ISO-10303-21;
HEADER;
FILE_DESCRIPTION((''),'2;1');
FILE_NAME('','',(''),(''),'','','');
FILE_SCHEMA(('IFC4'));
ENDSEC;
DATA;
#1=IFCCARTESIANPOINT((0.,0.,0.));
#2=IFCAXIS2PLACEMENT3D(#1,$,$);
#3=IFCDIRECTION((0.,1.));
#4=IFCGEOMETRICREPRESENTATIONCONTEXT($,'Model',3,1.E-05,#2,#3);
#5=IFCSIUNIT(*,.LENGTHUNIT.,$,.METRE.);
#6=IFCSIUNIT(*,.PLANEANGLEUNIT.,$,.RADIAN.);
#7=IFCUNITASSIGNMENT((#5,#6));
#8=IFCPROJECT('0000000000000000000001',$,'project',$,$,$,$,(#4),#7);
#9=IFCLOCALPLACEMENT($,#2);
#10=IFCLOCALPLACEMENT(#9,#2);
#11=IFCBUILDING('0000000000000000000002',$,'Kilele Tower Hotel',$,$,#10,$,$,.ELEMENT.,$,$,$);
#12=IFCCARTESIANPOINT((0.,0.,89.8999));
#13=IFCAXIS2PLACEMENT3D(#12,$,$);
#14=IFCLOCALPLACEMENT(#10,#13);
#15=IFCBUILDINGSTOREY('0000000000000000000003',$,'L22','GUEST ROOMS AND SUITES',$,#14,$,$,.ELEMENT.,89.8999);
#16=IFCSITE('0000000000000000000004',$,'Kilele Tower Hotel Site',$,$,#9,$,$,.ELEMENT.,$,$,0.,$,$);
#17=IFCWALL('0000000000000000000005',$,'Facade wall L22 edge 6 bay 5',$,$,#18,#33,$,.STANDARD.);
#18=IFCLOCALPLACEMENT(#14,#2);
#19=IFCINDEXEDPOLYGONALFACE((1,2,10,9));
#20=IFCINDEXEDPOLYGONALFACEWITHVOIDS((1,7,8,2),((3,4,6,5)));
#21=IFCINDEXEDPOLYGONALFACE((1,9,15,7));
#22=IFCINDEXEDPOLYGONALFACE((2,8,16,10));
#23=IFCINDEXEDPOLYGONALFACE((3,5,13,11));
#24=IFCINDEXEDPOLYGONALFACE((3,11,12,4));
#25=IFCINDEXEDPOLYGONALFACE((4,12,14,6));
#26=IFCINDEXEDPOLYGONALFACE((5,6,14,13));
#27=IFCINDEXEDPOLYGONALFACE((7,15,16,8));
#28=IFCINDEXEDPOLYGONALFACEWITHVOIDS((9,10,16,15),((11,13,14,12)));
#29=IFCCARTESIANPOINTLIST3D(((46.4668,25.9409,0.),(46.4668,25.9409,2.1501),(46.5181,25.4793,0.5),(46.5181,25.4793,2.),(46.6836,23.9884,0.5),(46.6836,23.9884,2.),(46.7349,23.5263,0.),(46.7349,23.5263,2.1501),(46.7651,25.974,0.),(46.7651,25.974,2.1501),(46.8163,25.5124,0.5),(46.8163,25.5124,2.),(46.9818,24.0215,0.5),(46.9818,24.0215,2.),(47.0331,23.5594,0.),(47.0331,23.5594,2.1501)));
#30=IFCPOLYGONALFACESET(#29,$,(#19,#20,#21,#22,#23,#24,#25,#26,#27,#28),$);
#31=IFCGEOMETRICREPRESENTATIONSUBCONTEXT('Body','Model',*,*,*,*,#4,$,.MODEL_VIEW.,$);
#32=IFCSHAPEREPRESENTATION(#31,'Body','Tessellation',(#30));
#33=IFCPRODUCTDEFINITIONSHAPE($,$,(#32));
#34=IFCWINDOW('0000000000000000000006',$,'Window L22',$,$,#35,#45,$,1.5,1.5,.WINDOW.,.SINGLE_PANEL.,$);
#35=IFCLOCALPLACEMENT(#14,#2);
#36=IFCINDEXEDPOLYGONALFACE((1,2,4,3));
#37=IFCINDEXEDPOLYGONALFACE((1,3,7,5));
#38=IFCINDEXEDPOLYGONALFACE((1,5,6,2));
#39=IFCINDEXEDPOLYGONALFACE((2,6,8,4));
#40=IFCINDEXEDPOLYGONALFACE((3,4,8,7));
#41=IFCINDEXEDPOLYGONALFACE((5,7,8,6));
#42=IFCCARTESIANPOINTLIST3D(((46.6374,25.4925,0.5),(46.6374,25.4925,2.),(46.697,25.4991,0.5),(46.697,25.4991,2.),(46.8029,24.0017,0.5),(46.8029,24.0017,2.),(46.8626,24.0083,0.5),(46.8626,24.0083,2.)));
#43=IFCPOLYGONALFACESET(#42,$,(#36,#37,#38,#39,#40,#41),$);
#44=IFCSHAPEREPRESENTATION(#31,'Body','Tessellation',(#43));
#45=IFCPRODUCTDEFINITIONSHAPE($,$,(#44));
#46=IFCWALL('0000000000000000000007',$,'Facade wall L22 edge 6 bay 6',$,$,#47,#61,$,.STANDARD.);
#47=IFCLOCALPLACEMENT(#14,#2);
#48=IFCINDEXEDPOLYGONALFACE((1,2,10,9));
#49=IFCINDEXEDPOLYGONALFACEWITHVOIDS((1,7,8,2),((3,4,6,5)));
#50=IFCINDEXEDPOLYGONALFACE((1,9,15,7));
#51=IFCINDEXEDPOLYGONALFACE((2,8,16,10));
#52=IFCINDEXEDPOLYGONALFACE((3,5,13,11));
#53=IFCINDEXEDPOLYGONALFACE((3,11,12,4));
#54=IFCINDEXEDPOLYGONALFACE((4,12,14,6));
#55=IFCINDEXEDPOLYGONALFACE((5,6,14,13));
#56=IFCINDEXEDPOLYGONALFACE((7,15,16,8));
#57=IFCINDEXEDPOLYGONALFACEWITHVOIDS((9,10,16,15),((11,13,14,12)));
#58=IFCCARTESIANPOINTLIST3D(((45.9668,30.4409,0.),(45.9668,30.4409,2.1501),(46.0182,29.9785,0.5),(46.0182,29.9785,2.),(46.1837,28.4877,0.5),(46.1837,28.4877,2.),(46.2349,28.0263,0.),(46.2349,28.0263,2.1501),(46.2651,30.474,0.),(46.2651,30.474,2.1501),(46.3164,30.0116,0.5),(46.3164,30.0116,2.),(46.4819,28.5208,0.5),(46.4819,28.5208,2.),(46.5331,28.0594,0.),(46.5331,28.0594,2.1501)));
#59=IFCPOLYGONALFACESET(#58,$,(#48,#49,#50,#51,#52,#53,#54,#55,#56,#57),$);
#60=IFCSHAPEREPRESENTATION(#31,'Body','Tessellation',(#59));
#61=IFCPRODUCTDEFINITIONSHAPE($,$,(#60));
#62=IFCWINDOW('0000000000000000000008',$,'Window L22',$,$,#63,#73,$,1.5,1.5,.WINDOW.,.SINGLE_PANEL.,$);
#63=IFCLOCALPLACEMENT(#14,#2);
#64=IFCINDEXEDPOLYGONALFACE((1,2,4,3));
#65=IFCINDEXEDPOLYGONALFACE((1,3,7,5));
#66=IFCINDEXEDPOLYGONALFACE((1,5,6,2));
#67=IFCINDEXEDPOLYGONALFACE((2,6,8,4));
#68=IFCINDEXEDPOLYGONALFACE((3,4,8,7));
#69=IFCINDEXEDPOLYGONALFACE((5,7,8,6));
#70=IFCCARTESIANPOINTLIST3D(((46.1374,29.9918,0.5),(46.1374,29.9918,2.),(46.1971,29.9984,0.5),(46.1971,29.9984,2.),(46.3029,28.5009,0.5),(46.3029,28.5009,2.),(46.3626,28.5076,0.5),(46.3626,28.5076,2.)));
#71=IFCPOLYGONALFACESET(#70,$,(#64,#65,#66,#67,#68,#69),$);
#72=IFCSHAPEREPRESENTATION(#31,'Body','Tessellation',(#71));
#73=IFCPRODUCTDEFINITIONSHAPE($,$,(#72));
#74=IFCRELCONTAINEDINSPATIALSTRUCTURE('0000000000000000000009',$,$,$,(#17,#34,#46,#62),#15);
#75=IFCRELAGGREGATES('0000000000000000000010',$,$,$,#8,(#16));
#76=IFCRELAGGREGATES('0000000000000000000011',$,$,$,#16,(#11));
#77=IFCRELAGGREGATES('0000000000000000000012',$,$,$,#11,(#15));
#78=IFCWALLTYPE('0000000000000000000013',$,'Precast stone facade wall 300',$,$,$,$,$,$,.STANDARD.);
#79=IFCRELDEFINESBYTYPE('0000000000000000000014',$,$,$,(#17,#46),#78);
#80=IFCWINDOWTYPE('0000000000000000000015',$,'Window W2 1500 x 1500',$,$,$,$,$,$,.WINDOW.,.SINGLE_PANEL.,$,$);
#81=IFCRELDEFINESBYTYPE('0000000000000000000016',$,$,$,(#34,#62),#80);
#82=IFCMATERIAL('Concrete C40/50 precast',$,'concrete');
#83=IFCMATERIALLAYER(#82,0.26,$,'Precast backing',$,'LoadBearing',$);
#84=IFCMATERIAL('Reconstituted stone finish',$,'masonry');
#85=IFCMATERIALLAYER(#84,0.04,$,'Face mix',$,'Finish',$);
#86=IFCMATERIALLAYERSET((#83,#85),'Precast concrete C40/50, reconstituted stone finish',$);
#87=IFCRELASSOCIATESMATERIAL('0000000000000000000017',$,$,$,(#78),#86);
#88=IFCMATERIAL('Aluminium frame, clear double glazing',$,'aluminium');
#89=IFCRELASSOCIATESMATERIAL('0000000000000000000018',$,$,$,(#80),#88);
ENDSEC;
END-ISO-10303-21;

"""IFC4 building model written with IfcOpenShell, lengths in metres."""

from ifc_helpers import new_model, si_unit, direction, frame, frame_2d, origin, place, context, subcontext, project, spatial, rectangle, extrude, material, layer, layer_set, type_object, element, fill, save


model = new_model("IFC4")

# Units and contexts
model_context = context("Model", 3, precision=1e-05, world=origin(), true_north=direction((0.0, 1.0)))
body_context = subcontext(model_context, "Body", "Model", "MODEL_VIEW")
ifc_project = project(units=[si_unit("LENGTHUNIT", "METRE"), si_unit("PLANEANGLEUNIT", "RADIAN")], contexts=[model_context])

# Site, building, storey
site_placement = place(None, origin())
site = spatial("IfcSite", under=ifc_project, at=site_placement, Name="Kilele Tower Hotel Site", CompositionType="ELEMENT", RefElevation=0.0)
building_placement = place(site_placement, origin())
building = spatial("IfcBuilding", under=site, at=building_placement, Name="Kilele Tower Hotel", CompositionType="ELEMENT")
storey_placement = place(building_placement, frame((0.0, 0.0, 89.8999)))
storey = spatial("IfcBuildingStorey", under=building, at=storey_placement, Name="L22", Description="GUEST ROOMS AND SUITES", CompositionType="ELEMENT", Elevation=89.8999)

# Walls, openings, windows
ifc_material_1 = material(Name="Concrete C40/50 precast", Category="concrete")
ifc_layer_1 = layer(ifc_material_1, 0.26, Name="Precast backing", Category="LoadBearing")
ifc_material_2 = material(Name="Reconstituted stone finish", Category="masonry")
ifc_layer_2 = layer(ifc_material_2, 0.04, Name="Face mix", Category="Finish")
ifc_layer_set_1 = layer_set([ifc_layer_1, ifc_layer_2], Name="Precast concrete C40/50, reconstituted stone finish")
wall_type_1 = type_object("IfcWallType", Name="Precast stone facade wall 300", PredefinedType="STANDARD", material=ifc_layer_set_1)
wall_1_placement = place(storey_placement, frame((46.884, 23.5427, 0.0), z_axis=(0.0, 0.0, 1.0), x_axis=(-0.110343, 0.993894, 0.0)))
wall_1 = element("IfcWall", 1, at=wall_1_placement, inside=storey, type_object=wall_type_1, Name="Facade wall L22 edge 6 bay 5", PredefinedType="STANDARD", context=body_context, shape_type="SweptSolid", body=[
    extrude(rectangle(XDim=2.4294, YDim=0.3, at=frame_2d((1.2148, 0.0))), origin(), (0.0, 0.0, 1.0), 2.1501),
])
opening_1_placement = place(wall_1_placement, frame((0.4651, 0.0, 0.5)))
opening_1 = element("IfcOpeningElement", 2, at=opening_1_placement, cuts=wall_1, PredefinedType="OPENING", context=body_context, shape_type="SweptSolid", body=[
    extrude(rectangle(XDim=1.5, YDim=1.5, at=frame_2d((0.75, 0.75))), frame((0.0, 0.1599, 0.0), z_axis=(0.0, -1.0, 0.0), x_axis=(1.0, 0.0, 0.0)), (0.0, 0.0, 1.0), 0.3201),
])
ifc_material_3 = material(Name="Aluminium frame, clear double glazing", Category="aluminium")
window_type = type_object("IfcWindowType", Name="Window W2 1500 x 1500", PartitioningType="SINGLE_PANEL", PredefinedType="WINDOW", material=ifc_material_3)
window_1_placement = place(opening_1_placement, origin())
window_1 = element("IfcWindow", 3, at=window_1_placement, inside=storey, type_object=window_type, Name="Window L22", OverallHeight=1.5, OverallWidth=1.5, PartitioningType="SINGLE_PANEL", PredefinedType="WINDOW", context=body_context, shape_type="SweptSolid", body=[
    extrude(rectangle(XDim=1.5, YDim=1.5, at=frame_2d((0.75, 0.75))), frame((0.0, 0.03, 0.0), z_axis=(0.0, -1.0, 0.0), x_axis=(1.0, 0.0, 0.0)), (0.0, 0.0, 1.0), 0.0601),
])
fill(opening_1, window_1)
wall_2_placement = place(storey_placement, frame((46.384, 28.0427, 0.0), z_axis=(0.0, 0.0, 1.0), x_axis=(-0.110343, 0.993894, 0.0)))
wall_2 = element("IfcWall", 4, at=wall_2_placement, inside=storey, type_object=wall_type_1, Name="Facade wall L22 edge 6 bay 6", PredefinedType="STANDARD", context=body_context, shape_type="SweptSolid", body=[
    extrude(rectangle(XDim=2.4294, YDim=0.3, at=frame_2d((1.2148, 0.0))), origin(), (0.0, 0.0, 1.0), 2.1501),
])
opening_2_placement = place(wall_2_placement, frame((0.4644, 0.0, 0.5)))
opening_2 = element("IfcOpeningElement", 5, at=opening_2_placement, cuts=wall_2, PredefinedType="OPENING", context=body_context, shape_type="SweptSolid", body=[
    extrude(rectangle(XDim=1.5, YDim=1.5, at=frame_2d((0.75, 0.75))), frame((0.0, 0.1599, 0.0), z_axis=(0.0, -1.0, 0.0), x_axis=(1.0, 0.0, 0.0)), (0.0, 0.0, 1.0), 0.3201),
])
window_2_placement = place(opening_2_placement, origin())
window_2 = element("IfcWindow", 6, at=window_2_placement, inside=storey, type_object=window_type, Name="Window L22", OverallHeight=1.5, OverallWidth=1.5, PartitioningType="SINGLE_PANEL", PredefinedType="WINDOW", context=body_context, shape_type="SweptSolid", body=[
    extrude(rectangle(XDim=1.5, YDim=1.5, at=frame_2d((0.75, 0.75))), frame((0.0, 0.03, 0.0), z_axis=(0.0, -1.0, 0.0), x_axis=(1.0, 0.0, 0.0)), (0.0, 0.0, 1.0), 0.0601),
])
fill(opening_2, window_2)

save(model, "model.ifc")
